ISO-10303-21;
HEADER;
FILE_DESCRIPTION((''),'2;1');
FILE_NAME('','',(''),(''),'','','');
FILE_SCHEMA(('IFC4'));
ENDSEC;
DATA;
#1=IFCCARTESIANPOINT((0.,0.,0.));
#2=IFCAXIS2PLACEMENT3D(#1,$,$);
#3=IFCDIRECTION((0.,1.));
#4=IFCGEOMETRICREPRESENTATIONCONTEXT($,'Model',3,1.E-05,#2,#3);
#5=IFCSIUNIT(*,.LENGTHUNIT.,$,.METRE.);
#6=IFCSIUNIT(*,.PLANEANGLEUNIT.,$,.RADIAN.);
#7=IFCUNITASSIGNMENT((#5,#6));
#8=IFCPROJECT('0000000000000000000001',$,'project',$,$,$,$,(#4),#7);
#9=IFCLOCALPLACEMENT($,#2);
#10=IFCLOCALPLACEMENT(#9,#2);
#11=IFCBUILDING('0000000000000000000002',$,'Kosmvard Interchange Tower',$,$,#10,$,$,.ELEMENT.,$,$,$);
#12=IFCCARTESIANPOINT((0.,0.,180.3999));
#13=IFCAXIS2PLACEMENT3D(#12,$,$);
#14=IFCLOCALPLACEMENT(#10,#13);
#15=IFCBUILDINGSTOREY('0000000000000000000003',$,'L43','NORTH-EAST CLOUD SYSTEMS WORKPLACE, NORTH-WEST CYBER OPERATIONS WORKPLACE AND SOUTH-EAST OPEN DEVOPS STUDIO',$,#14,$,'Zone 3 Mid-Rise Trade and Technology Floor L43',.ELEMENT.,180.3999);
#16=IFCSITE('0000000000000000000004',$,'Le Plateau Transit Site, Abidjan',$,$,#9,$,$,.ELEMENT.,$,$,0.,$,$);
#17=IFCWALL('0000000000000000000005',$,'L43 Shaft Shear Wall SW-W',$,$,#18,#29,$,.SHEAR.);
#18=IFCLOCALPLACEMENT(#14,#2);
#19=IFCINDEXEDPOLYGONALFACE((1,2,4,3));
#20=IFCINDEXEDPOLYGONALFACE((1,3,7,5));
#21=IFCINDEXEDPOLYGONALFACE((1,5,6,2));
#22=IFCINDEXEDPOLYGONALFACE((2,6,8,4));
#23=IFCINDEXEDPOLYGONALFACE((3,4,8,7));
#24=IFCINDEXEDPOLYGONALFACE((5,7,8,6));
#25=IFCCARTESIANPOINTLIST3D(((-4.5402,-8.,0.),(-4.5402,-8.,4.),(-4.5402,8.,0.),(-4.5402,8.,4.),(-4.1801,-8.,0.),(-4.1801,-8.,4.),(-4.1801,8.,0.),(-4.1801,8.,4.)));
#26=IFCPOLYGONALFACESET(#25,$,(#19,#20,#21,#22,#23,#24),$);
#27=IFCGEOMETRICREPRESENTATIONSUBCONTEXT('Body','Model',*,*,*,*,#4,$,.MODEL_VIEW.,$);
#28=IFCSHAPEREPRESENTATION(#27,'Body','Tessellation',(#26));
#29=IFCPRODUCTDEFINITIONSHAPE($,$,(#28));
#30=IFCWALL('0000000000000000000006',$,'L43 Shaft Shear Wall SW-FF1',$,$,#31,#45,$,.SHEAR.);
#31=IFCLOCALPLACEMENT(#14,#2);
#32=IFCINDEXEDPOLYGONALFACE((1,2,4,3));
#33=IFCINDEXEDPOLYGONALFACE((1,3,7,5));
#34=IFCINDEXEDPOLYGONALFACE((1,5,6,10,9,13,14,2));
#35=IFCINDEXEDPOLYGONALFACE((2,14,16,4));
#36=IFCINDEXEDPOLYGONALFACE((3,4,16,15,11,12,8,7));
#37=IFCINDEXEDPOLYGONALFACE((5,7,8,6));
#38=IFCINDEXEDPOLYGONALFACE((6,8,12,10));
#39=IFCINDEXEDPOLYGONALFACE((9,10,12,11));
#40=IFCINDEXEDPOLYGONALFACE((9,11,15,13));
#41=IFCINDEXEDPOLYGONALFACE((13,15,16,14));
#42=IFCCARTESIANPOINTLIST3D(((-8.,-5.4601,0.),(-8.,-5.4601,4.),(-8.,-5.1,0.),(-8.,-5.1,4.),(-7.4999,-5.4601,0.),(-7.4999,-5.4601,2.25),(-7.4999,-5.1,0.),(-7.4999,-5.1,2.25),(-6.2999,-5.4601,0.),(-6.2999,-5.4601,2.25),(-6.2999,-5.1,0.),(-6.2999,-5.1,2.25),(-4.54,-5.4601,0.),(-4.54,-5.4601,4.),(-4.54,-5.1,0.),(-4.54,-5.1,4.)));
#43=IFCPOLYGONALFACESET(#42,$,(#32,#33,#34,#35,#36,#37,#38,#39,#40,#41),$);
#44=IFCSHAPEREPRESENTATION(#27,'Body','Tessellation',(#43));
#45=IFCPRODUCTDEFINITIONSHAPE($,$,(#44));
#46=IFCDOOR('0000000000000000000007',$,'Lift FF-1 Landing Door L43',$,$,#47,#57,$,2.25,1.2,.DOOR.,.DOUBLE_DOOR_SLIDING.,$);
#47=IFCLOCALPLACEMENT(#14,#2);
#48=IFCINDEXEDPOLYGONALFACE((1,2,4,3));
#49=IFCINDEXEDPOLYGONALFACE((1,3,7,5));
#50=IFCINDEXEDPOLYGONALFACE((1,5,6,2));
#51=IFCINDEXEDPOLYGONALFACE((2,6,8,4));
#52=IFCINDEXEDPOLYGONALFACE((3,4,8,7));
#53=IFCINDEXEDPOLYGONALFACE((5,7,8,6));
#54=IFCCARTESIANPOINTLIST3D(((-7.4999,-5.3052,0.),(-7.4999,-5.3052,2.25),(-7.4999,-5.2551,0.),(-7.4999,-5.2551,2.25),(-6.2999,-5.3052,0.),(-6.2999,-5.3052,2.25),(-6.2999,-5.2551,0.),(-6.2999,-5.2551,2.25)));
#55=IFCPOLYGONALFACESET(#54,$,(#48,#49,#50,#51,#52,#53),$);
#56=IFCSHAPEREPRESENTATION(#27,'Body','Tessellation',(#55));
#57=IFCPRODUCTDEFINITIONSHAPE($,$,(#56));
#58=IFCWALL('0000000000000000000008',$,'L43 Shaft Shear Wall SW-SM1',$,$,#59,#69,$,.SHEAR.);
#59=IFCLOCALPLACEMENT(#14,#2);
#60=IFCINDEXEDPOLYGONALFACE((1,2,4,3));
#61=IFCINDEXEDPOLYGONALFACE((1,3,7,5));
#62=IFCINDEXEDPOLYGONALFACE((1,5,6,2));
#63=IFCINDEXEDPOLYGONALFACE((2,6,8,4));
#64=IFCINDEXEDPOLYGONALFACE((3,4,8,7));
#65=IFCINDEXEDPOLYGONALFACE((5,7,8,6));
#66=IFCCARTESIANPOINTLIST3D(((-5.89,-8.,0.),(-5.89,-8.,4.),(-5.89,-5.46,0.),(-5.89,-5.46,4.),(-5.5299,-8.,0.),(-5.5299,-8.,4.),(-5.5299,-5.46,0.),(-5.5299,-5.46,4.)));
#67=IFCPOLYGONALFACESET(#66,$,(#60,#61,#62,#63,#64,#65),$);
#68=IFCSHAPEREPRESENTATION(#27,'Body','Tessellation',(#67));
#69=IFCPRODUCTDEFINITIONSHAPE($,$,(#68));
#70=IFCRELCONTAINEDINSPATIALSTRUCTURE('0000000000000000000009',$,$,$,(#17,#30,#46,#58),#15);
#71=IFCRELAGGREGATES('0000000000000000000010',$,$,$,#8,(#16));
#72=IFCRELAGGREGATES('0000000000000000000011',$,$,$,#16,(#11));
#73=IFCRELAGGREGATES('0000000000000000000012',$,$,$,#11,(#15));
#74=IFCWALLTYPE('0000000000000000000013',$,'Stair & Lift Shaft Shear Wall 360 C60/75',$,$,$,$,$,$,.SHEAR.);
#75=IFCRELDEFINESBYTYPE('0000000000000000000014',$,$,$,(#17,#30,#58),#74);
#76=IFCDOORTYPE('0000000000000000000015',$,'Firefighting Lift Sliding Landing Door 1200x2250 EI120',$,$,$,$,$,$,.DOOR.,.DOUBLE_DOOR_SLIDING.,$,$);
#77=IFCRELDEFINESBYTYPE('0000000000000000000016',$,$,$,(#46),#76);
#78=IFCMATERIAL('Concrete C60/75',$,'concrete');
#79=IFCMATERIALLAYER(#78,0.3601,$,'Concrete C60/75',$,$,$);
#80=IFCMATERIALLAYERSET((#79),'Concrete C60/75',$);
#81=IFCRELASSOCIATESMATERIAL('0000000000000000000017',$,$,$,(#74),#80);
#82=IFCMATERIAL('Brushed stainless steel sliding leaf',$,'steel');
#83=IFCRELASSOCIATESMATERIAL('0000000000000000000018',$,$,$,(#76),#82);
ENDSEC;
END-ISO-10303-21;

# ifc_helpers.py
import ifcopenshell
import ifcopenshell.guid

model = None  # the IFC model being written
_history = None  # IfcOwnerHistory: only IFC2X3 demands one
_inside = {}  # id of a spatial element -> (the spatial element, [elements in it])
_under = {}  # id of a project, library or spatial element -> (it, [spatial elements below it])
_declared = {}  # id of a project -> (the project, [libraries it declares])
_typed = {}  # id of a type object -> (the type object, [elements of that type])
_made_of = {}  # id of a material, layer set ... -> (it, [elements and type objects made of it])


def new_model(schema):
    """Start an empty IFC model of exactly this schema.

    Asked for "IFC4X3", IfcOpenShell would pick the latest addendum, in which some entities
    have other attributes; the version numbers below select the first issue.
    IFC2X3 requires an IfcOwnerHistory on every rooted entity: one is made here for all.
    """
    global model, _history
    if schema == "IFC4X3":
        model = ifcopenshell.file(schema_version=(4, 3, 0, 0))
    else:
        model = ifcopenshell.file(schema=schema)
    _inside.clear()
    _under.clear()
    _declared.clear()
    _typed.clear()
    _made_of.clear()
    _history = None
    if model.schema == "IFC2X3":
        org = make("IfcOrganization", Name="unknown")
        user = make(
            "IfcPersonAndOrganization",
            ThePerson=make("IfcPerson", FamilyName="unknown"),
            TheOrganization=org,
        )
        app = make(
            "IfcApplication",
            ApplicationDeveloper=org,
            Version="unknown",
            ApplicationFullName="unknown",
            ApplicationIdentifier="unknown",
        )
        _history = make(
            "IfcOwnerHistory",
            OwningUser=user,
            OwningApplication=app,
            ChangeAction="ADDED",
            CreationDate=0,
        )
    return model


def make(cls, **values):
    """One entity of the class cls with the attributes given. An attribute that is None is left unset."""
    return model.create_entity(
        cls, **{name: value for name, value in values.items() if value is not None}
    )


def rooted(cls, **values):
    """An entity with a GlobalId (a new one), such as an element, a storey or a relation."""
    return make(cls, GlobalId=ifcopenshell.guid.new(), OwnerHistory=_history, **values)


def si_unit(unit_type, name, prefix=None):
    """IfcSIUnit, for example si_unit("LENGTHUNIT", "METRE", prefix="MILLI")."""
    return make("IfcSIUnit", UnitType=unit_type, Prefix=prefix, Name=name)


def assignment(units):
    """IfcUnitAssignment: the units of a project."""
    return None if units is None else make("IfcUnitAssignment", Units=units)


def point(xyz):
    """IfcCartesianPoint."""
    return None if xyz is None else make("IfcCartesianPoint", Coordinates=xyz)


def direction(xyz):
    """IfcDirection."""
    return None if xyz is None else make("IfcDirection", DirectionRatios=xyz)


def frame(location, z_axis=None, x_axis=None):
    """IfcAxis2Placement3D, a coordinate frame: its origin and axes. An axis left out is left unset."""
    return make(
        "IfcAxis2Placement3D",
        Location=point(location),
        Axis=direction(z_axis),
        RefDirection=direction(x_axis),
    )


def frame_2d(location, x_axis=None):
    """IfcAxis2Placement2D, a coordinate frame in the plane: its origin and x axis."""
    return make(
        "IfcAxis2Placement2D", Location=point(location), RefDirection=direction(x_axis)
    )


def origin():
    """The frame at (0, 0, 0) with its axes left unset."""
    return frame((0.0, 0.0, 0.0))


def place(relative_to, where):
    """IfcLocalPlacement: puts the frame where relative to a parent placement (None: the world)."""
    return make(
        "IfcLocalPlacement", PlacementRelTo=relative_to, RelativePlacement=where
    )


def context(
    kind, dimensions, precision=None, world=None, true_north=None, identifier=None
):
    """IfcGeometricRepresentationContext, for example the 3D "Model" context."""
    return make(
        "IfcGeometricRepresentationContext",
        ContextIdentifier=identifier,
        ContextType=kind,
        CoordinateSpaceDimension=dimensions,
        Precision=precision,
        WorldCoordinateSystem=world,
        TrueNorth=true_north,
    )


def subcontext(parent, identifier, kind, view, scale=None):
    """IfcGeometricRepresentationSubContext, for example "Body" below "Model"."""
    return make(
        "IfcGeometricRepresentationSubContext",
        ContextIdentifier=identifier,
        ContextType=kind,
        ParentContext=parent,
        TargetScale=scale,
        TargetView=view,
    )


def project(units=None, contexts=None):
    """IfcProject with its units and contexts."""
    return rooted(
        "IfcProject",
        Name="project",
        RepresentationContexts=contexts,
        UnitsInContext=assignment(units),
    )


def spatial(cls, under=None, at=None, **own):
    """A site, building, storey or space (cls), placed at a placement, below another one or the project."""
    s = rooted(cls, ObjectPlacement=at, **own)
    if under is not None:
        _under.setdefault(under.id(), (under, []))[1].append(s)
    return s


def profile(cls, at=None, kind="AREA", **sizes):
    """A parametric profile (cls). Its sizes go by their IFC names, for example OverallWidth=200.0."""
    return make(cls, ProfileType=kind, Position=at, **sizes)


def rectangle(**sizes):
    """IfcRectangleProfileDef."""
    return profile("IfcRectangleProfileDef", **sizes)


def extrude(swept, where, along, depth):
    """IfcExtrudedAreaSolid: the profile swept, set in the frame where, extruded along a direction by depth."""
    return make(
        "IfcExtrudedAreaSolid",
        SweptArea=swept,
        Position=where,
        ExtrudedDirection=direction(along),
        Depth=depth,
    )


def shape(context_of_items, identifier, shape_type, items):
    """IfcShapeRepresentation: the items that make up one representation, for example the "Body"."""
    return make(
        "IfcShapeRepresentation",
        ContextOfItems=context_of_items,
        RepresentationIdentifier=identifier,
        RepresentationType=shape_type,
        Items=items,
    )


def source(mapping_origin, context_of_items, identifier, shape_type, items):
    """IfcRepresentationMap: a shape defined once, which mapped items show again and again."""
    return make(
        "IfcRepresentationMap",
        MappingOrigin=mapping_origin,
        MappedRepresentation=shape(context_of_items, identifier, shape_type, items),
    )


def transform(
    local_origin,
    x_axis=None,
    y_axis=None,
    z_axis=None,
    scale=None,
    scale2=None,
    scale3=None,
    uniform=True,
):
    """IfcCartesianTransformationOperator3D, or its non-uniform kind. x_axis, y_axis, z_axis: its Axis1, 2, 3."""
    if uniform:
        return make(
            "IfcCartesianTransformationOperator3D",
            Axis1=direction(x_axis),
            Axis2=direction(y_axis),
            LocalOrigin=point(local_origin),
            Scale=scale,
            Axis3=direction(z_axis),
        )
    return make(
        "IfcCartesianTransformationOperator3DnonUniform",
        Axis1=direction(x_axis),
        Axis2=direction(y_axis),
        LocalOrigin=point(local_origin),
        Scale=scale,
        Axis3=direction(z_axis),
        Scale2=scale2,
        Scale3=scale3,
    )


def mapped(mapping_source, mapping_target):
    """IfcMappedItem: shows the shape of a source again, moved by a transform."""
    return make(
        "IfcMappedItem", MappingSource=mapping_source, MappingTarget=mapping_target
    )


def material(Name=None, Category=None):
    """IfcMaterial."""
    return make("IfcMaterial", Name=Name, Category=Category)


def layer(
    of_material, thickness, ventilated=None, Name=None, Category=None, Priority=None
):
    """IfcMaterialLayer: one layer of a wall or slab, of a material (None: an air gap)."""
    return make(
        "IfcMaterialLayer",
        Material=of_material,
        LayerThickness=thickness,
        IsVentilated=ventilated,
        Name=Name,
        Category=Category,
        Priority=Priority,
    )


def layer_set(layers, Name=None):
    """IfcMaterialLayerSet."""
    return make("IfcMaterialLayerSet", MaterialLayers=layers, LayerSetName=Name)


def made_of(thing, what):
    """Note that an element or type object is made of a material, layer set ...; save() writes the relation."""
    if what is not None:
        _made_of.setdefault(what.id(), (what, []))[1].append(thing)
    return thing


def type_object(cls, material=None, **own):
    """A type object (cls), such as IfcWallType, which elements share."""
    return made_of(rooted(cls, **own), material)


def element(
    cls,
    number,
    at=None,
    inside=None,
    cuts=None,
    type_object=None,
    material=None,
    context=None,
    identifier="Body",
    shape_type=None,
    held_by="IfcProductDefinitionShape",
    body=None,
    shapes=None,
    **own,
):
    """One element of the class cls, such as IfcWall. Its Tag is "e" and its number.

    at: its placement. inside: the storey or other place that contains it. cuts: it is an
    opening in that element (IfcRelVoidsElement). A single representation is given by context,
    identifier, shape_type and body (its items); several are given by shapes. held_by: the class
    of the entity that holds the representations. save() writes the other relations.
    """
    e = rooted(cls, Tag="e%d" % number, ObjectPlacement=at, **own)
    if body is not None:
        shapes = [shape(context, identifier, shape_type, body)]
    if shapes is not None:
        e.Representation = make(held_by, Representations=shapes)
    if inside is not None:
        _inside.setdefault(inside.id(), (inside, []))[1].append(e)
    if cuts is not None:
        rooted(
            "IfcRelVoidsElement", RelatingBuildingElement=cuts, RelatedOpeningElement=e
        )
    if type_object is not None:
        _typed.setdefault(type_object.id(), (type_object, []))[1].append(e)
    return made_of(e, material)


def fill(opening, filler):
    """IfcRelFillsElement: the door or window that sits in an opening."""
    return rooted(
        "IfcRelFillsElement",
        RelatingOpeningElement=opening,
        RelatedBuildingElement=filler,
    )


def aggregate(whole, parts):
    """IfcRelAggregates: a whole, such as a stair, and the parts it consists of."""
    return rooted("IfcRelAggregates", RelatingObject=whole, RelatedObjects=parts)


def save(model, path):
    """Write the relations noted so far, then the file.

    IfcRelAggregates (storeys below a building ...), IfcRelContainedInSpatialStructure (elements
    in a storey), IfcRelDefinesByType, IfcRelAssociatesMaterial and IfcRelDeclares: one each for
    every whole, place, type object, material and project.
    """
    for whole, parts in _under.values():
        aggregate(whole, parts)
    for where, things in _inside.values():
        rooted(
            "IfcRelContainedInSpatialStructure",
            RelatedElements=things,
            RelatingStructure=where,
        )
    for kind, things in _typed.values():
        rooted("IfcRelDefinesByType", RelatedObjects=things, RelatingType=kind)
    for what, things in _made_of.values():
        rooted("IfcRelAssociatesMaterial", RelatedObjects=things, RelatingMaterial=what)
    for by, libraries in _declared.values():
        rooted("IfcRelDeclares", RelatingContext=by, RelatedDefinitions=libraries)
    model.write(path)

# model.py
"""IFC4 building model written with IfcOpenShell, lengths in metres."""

from ifc_helpers import new_model, si_unit, direction, frame, frame_2d, origin, place, context, subcontext, project, spatial, rectangle, extrude, source, transform, mapped, material, layer, layer_set, type_object, element, fill, save


model = new_model("IFC4")

# Units and contexts
model_context = context("Model", 3, precision=1e-05, world=origin(), true_north=direction((0.0, 1.0)))
body_context = subcontext(model_context, "Body", "Model", "MODEL_VIEW")
ifc_project = project(units=[si_unit("LENGTHUNIT", "METRE"), si_unit("PLANEANGLEUNIT", "RADIAN")], contexts=[model_context])

# Site, building, storey
site_placement = place(None, origin())
site = spatial("IfcSite", under=ifc_project, at=site_placement, Name="Le Plateau Transit Site, Abidjan", CompositionType="ELEMENT", RefElevation=0.0)
building_placement = place(site_placement, origin())
building = spatial("IfcBuilding", under=site, at=building_placement, Name="Kosmvard Interchange Tower", CompositionType="ELEMENT")
storey_placement = place(building_placement, frame((0.0, 0.0, 180.3999)))
storey = spatial("IfcBuildingStorey", under=building, at=storey_placement, Name="L43", Description="NORTH-EAST CLOUD SYSTEMS WORKPLACE, NORTH-WEST CYBER OPERATIONS WORKPLACE AND SOUTH-EAST OPEN DEVOPS STUDIO", LongName="Zone 3 Mid-Rise Trade and Technology Floor L43", CompositionType="ELEMENT", Elevation=180.3999)

# Shared definitions
ifc_material_1 = material(Name="Concrete C60/75", Category="concrete")

# Shared definitions
ifc_material_2 = material(Name="Brushed stainless steel sliding leaf", Category="steel")

# Wall
ifc_layer_1 = layer(ifc_material_1, 0.3601, Name="Concrete C60/75")
ifc_layer_set_1 = layer_set([ifc_layer_1], Name="Concrete C60/75")
wall_type_1 = type_object("IfcWallType", Name="Stair & Lift Shaft Shear Wall 360 C60/75", PredefinedType="SHEAR", material=ifc_layer_set_1)
wall_1_placement = place(storey_placement, frame((-4.3601, -8.0, 0.0), z_axis=(0.0, 0.0, 1.0), x_axis=(0.0, 1.0, 0.0)))
element("IfcWall", 1, at=wall_1_placement, inside=storey, type_object=wall_type_1, Name="L43 Shaft Shear Wall SW-W", PredefinedType="SHEAR", context=body_context, shape_type="SweptSolid", body=[
    extrude(rectangle(XDim=16.0, YDim=0.3601, at=frame_2d((8.0, 0.0))), origin(), (0.0, 0.0, 1.0), 4.0),
])

# Wall, opening, door
wall_2_placement = place(storey_placement, frame((-8.0, -5.28, 0.0), z_axis=(0.0, 0.0, 1.0), x_axis=(1.0, 0.0, 0.0)))
wall_2 = element("IfcWall", 2, at=wall_2_placement, inside=storey, type_object=wall_type_1, Name="L43 Shaft Shear Wall SW-FF1", PredefinedType="SHEAR", context=body_context, shape_type="SweptSolid", body=[
    extrude(rectangle(XDim=3.46, YDim=0.3601, at=frame_2d((1.73, 0.0))), origin(), (0.0, 0.0, 1.0), 4.0),
])
opening_1_placement = place(wall_2_placement, frame((0.5, 0.0, 0.0)))
opening_1 = element("IfcOpeningElement", 3, at=opening_1_placement, cuts=wall_2, PredefinedType="OPENING", context=body_context, shape_type="SweptSolid", body=[
    extrude(rectangle(XDim=1.2, YDim=2.25, at=frame_2d((0.6001, 1.125))), frame((0.0, 0.1899, 0.0), z_axis=(0.0, -1.0, 0.0), x_axis=(1.0, 0.0, 0.0)), (0.0, 0.0, 1.0), 0.3801),
])
door_type_1 = type_object("IfcDoorType", Name="Firefighting Lift Sliding Landing Door 1200x2250 EI120", OperationType="DOUBLE_DOOR_SLIDING", PredefinedType="DOOR", material=ifc_material_2)
shared_shape_1 = source(origin(), body_context, "Body", "SweptSolid", [
    extrude(rectangle(XDim=1.2, YDim=2.25, at=frame_2d((0.6001, 1.125))), frame((0.0, 0.0249, 0.0), z_axis=(0.0, -1.0, 0.0), x_axis=(1.0, 0.0, 0.0)), (0.0, 0.0, 1.0), 0.05),
])
door_1_placement = place(opening_1_placement, origin())
door_1 = element("IfcDoor", 4, at=door_1_placement, inside=storey, type_object=door_type_1, Name="Lift FF-1 Landing Door L43", OperationType="DOUBLE_DOOR_SLIDING", OverallHeight=2.25, OverallWidth=1.2, PredefinedType="DOOR", context=body_context, shape_type="MappedRepresentation", body=[
    mapped(shared_shape_1, transform((0.0, 0.0, 0.0), scale=1.0)),
])
fill(opening_1, door_1)

# Wall
wall_3_placement = place(storey_placement, frame((-5.71, -8.0, 0.0), z_axis=(0.0, 0.0, 1.0), x_axis=(0.0, 1.0, 0.0)))
element("IfcWall", 5, at=wall_3_placement, inside=storey, type_object=wall_type_1, Name="L43 Shaft Shear Wall SW-SM1", PredefinedType="SHEAR", context=body_context, shape_type="SweptSolid", body=[
    extrude(rectangle(XDim=2.54, YDim=0.3601, at=frame_2d((1.27, 0.0))), origin(), (0.0, 0.0, 1.0), 4.0),
])

save(model, "model.ifc")
